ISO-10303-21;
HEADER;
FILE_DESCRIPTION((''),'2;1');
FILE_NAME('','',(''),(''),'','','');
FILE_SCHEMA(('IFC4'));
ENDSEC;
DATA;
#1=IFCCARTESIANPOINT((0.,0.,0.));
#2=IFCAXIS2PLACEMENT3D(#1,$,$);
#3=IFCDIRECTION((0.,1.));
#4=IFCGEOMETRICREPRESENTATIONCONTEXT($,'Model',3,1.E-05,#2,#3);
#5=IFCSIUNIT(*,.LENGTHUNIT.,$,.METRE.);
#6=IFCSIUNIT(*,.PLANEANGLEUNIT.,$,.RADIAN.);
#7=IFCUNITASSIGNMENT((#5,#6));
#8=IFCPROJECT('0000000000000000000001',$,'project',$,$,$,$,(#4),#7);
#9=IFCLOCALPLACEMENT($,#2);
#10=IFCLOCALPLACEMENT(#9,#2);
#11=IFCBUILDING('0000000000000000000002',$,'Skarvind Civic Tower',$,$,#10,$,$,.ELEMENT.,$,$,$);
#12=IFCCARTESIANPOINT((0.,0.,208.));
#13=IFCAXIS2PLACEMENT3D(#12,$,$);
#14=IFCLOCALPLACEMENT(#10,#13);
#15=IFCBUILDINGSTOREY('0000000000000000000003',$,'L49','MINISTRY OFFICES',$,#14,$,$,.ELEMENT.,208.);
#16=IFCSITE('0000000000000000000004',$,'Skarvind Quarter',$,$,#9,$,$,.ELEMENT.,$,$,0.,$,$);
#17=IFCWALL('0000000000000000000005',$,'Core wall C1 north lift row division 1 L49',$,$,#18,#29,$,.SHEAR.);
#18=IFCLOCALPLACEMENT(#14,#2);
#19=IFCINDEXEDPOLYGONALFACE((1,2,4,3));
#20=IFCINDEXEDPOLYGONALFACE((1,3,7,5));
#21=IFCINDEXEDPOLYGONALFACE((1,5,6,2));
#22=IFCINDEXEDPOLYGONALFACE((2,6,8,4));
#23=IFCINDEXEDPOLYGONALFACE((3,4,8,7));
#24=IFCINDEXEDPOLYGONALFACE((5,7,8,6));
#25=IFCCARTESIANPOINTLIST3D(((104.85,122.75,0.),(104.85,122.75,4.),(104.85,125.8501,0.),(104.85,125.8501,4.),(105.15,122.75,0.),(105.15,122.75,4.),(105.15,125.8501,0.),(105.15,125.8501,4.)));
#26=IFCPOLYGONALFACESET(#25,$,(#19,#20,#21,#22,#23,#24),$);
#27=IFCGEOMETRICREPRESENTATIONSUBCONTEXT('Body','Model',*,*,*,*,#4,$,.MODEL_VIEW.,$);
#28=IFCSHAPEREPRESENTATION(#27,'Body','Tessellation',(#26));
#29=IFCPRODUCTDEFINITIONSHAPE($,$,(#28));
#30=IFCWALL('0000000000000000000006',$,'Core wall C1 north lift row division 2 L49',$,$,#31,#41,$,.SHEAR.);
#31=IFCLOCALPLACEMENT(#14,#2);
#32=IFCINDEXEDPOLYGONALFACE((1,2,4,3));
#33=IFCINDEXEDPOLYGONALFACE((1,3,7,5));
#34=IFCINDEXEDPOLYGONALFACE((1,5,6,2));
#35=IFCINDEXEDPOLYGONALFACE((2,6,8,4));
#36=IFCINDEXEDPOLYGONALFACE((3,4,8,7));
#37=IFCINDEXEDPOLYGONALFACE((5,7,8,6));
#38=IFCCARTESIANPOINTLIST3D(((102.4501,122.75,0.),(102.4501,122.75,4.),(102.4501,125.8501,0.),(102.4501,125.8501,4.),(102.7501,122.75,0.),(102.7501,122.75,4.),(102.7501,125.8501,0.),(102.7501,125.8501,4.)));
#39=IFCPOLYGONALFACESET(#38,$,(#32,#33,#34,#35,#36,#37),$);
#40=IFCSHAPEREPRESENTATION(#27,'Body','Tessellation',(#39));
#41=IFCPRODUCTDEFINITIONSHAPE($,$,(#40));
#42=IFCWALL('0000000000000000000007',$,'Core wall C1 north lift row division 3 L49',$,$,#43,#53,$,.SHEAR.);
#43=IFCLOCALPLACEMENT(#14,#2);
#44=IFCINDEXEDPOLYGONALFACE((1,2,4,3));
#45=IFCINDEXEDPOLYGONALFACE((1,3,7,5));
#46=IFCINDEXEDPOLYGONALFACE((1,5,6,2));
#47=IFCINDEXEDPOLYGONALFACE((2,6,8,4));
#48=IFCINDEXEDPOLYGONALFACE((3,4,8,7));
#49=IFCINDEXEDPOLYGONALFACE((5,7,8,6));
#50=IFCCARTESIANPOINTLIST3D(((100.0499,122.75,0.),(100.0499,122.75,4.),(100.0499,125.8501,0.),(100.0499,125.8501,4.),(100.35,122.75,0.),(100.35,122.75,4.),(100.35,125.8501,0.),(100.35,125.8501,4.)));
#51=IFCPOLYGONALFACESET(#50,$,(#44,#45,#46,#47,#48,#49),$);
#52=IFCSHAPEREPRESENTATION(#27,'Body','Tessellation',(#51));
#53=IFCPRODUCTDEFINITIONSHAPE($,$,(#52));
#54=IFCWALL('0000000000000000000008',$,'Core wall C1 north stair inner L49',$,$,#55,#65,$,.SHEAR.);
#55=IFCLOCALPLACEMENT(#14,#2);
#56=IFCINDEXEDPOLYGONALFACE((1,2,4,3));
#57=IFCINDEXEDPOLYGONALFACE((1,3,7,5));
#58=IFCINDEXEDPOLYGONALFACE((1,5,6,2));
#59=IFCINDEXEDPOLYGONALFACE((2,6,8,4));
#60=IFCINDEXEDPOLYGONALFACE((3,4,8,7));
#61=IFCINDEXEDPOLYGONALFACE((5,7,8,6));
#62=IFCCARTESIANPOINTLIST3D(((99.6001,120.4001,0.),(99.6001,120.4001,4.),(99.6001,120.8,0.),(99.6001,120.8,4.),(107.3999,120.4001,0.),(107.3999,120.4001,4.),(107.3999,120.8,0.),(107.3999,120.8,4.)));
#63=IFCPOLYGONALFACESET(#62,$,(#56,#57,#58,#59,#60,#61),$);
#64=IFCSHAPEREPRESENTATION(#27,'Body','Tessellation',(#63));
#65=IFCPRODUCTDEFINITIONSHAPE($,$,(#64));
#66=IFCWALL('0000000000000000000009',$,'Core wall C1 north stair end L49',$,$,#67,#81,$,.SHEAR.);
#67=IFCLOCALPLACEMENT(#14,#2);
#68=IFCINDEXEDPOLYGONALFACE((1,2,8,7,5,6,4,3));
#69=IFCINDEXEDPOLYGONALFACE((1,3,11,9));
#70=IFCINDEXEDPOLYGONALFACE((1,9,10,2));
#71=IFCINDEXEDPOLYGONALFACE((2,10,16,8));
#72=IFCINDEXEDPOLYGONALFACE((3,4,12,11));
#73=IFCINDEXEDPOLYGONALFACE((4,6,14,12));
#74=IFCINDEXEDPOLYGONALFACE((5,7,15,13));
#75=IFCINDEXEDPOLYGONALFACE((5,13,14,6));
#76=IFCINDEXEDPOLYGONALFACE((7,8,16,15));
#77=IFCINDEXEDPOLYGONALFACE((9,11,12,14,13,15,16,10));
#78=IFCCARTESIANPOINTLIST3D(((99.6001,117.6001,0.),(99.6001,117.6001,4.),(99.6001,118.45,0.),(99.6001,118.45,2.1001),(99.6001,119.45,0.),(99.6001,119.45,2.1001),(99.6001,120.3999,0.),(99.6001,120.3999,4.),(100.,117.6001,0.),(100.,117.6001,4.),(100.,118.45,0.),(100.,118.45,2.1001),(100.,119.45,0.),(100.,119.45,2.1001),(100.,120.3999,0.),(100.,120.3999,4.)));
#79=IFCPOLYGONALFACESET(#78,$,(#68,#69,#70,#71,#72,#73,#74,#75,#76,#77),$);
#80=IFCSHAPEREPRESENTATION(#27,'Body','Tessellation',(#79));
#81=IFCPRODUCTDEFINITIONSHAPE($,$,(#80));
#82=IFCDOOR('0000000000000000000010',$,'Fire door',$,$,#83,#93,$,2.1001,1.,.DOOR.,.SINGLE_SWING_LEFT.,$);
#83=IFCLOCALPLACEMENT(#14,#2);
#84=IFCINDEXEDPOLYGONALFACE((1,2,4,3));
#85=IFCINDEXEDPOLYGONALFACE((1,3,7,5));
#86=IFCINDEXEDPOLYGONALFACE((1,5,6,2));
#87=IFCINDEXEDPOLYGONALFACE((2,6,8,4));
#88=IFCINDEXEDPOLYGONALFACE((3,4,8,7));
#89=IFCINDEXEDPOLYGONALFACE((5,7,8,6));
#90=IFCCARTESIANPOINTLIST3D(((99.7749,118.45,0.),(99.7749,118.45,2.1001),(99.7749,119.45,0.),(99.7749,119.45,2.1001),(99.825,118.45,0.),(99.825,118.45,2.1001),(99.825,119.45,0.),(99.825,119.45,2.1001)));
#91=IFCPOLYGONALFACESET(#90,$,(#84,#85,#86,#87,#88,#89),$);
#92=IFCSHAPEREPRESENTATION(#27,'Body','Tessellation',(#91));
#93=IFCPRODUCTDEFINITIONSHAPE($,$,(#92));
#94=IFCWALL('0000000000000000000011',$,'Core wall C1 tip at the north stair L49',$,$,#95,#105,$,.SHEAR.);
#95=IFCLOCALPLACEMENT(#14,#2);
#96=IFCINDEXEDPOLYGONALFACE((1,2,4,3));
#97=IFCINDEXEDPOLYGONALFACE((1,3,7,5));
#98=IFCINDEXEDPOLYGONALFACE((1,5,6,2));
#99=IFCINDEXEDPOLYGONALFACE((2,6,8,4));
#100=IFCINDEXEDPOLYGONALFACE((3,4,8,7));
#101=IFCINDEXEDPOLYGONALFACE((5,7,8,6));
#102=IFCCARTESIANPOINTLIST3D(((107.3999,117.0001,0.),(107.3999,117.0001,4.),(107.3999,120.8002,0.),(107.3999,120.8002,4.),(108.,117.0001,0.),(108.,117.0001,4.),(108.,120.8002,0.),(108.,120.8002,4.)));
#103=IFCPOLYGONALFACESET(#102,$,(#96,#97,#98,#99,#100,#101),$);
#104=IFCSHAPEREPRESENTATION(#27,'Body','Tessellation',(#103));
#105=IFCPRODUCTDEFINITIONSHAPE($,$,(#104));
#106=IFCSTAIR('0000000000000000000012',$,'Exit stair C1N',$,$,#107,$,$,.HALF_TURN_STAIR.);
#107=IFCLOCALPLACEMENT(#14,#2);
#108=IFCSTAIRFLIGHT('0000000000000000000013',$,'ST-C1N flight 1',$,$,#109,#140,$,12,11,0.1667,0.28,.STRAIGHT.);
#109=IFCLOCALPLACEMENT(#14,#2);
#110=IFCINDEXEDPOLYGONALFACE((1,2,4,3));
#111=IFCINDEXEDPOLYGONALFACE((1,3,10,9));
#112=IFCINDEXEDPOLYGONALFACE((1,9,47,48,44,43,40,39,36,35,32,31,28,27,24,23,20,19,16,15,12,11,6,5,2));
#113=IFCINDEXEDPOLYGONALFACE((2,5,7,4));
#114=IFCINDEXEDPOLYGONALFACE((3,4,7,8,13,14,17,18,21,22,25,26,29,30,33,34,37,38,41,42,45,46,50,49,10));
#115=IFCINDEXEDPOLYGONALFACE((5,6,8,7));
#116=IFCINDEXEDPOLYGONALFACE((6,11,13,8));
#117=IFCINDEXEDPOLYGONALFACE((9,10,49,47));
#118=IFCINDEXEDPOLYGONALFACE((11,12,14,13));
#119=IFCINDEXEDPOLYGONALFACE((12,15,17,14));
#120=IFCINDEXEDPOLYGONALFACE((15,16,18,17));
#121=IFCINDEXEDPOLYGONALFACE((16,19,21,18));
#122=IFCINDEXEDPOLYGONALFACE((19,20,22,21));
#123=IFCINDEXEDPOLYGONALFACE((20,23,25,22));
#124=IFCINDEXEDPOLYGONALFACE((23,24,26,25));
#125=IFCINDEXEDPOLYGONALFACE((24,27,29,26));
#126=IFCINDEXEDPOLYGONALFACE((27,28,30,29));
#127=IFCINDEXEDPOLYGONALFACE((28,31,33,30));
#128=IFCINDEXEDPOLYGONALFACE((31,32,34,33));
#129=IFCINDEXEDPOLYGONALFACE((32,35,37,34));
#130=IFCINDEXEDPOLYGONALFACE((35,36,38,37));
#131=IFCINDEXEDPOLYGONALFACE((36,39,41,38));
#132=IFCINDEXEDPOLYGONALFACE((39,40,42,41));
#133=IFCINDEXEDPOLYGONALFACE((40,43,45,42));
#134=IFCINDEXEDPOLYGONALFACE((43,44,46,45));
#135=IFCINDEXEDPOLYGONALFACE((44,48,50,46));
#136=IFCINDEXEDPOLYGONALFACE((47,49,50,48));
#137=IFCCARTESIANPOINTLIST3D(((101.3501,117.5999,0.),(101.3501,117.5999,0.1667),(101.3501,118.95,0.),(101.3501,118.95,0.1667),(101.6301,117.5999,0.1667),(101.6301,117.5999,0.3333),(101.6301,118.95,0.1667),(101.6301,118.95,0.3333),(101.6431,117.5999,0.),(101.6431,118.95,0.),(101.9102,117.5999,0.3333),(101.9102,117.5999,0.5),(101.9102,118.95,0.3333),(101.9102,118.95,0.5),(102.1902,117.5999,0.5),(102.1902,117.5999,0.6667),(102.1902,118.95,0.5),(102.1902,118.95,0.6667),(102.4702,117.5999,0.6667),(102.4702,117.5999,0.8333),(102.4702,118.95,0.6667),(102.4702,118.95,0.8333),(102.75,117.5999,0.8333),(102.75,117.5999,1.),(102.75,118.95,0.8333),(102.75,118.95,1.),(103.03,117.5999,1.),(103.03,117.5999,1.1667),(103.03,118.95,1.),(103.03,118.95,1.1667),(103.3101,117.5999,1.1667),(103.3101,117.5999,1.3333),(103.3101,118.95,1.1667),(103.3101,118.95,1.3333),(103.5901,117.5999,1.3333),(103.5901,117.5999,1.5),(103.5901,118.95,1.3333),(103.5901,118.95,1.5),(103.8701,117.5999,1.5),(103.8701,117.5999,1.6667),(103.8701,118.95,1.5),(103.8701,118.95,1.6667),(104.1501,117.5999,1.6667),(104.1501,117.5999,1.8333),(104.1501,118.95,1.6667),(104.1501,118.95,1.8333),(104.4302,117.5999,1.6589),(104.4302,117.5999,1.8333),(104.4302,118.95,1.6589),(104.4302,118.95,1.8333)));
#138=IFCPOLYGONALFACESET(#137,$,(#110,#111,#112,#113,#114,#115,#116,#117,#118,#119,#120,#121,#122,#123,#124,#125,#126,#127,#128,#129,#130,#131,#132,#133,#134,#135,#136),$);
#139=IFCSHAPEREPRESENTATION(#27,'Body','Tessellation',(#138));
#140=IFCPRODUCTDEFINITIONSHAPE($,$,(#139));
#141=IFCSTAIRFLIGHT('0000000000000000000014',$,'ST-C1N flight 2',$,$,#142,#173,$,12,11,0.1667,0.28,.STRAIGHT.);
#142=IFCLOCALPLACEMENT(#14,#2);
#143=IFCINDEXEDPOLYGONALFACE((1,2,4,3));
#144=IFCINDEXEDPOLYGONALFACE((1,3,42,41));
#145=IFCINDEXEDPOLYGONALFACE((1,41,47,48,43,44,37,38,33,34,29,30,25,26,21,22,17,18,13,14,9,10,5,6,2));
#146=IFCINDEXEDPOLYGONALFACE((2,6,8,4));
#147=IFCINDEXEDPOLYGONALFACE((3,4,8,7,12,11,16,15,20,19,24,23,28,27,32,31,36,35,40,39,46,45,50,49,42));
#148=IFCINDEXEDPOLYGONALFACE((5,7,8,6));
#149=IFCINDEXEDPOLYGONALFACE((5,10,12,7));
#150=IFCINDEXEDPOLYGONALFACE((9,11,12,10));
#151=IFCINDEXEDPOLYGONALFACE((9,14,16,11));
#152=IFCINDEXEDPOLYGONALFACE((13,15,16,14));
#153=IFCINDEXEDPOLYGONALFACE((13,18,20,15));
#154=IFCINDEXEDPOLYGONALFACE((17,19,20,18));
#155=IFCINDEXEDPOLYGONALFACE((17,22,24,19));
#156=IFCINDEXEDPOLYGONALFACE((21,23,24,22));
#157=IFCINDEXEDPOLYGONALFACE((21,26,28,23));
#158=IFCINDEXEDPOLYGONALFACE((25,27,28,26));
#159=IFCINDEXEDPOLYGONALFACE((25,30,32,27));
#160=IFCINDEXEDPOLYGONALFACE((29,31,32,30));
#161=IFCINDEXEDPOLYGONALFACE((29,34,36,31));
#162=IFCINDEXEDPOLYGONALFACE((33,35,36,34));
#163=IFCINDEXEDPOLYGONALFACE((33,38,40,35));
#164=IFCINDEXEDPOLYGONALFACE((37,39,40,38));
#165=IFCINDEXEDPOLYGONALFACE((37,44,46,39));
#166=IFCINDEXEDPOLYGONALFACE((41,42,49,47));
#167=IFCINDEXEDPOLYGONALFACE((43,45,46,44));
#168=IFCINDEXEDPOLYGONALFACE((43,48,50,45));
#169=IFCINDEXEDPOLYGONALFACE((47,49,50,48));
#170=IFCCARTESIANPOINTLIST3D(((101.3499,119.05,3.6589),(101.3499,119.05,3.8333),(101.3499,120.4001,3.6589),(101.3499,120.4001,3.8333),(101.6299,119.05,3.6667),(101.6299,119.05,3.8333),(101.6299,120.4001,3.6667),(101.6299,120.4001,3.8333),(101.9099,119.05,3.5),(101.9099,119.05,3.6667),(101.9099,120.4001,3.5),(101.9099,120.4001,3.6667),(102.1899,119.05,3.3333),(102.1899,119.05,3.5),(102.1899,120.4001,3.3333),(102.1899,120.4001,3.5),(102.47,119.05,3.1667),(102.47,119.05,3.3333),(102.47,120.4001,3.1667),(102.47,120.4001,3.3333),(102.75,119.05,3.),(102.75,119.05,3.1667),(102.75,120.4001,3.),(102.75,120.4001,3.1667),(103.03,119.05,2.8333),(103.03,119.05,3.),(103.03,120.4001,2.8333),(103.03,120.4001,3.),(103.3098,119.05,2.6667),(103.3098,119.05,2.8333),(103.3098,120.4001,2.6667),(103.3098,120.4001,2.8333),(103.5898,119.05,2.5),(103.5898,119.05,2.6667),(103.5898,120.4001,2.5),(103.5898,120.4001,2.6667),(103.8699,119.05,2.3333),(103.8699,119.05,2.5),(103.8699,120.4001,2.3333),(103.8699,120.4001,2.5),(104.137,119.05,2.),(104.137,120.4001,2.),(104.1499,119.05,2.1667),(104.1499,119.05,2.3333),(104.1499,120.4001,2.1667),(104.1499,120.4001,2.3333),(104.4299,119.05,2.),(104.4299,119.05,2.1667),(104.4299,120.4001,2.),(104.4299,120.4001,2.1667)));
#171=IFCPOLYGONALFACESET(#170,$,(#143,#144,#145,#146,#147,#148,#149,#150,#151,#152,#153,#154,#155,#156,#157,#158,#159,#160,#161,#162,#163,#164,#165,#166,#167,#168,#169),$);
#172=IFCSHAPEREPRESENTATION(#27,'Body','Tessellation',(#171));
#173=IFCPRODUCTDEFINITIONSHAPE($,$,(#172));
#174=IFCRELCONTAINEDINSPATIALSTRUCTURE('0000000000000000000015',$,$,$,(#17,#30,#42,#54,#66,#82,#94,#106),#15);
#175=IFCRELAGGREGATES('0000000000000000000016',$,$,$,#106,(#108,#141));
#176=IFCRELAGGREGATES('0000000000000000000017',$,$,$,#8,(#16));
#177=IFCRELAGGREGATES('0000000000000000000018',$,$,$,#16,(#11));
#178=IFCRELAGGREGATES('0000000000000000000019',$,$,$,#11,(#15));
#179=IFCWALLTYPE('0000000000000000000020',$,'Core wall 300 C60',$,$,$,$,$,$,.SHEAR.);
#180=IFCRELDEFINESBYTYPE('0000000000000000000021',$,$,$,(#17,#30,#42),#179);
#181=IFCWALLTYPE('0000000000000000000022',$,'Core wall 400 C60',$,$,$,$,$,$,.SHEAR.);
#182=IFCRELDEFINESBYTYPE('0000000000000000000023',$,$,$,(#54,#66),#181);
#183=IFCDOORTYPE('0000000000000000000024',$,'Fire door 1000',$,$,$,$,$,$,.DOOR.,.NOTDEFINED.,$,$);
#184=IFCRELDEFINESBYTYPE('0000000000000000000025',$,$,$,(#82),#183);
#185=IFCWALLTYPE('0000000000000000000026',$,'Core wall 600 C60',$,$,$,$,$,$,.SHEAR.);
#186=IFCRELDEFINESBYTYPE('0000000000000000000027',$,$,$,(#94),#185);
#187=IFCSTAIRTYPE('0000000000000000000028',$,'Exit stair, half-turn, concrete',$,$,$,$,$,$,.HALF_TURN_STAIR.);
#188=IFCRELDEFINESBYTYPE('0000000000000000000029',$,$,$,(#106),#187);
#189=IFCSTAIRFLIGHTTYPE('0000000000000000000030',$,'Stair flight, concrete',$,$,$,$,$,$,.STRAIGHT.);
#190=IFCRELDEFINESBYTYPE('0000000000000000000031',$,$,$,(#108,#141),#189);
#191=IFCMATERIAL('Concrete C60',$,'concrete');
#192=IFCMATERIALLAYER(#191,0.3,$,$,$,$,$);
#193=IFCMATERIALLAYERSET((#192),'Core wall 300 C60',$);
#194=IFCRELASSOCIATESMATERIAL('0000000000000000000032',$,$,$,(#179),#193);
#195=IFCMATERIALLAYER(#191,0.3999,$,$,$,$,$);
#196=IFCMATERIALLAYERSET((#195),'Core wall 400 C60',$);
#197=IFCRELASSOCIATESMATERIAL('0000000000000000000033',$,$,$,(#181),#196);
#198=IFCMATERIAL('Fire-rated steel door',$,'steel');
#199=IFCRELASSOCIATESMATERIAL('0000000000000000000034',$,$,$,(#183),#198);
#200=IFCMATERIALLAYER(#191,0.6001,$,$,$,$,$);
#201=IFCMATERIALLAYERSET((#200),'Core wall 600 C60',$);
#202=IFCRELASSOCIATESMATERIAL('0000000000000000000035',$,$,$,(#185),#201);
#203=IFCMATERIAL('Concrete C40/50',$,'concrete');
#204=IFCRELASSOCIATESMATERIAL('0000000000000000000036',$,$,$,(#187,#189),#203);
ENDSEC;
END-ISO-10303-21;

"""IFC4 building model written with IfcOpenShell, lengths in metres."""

from ifc_helpers import new_model, si_unit, direction, frame, frame_2d, origin, place, context, subcontext, project, spatial, polyline, rectangle, outline, extrude, material, layer, layer_set, type_object, element, fill, aggregate, save


model = new_model("IFC4")

# Units and contexts
model_context = context("Model", 3, precision=1e-05, world=origin(), true_north=direction((0.0, 1.0)))
body_context = subcontext(model_context, "Body", "Model", "MODEL_VIEW")
ifc_project = project(units=[si_unit("LENGTHUNIT", "METRE"), si_unit("PLANEANGLEUNIT", "RADIAN")], contexts=[model_context])

# Site, building, storey
site_placement = place(None, origin())
site = spatial("IfcSite", under=ifc_project, at=site_placement, Name="Skarvind Quarter", CompositionType="ELEMENT", RefElevation=0.0)
building_placement = place(site_placement, origin())
building = spatial("IfcBuilding", under=site, at=building_placement, Name="Skarvind Civic Tower", CompositionType="ELEMENT")
storey_placement = place(building_placement, frame((0.0, 0.0, 208.0)))
storey = spatial("IfcBuildingStorey", under=building, at=storey_placement, Name="L49", Description="MINISTRY OFFICES", CompositionType="ELEMENT", Elevation=208.0)

# Shared definitions
ifc_material_1 = material(Name="Concrete C60", Category="concrete")
ifc_layer_1 = layer(ifc_material_1, 0.3)
ifc_layer_set_1 = layer_set([ifc_layer_1], Name="Core wall 300 C60")
wall_type_1 = type_object("IfcWallType", Name="Core wall 300 C60", PredefinedType="SHEAR", material=ifc_layer_set_1)
ifc_material_2 = material(Name="Fire-rated steel door", Category="steel")

# Walls
for number, where, z_axis, x_axis, name in (
    (1, (105.0, 125.8501, 0.0), (0.0, 0.0, 1.0), (0.0, -1.0, 0.0), "Core wall C1 north lift row division 1 L49"),
    (2, (102.6001, 125.8501, 0.0), (0.0, 0.0, 1.0), (0.0, -1.0, 0.0), "Core wall C1 north lift row division 2 L49"),
    (3, (100.2, 125.8501, 0.0), (0.0, 0.0, 1.0), (0.0, -1.0, 0.0), "Core wall C1 north lift row division 3 L49"),
):
    element("IfcWall", number, at=place(storey_placement, frame(where, z_axis=z_axis, x_axis=x_axis)), inside=storey, type_object=wall_type_1, Name=name, PredefinedType="SHEAR", context=body_context, shape_type="SweptSolid", body=[
        extrude(rectangle(XDim=3.1001, YDim=0.3, at=frame_2d((1.55, 0.0))), origin(), (0.0, 0.0, 1.0), 4.0),
    ])
ifc_layer_2 = layer(ifc_material_1, 0.3999)
ifc_layer_set_2 = layer_set([ifc_layer_2], Name="Core wall 400 C60")
wall_type_2 = type_object("IfcWallType", Name="Core wall 400 C60", PredefinedType="SHEAR", material=ifc_layer_set_2)
wall_1_placement = place(storey_placement, frame((107.3999, 120.6001, 0.0), z_axis=(0.0, 0.0, 1.0), x_axis=(-1.0, 0.0, 0.0)))
element("IfcWall", 4, at=wall_1_placement, inside=storey, type_object=wall_type_2, Name="Core wall C1 north stair inner L49", PredefinedType="SHEAR", context=body_context, shape_type="SweptSolid", body=[
    extrude(rectangle(XDim=7.7998, YDim=0.3999, at=frame_2d((3.8999, 0.0))), origin(), (0.0, 0.0, 1.0), 4.0),
])

# Wall, opening, door
wall_2_placement = place(storey_placement, frame((99.8, 120.3999, 0.0), z_axis=(0.0, 0.0, 1.0), x_axis=(0.0, -1.0, 0.0)))
wall_2 = element("IfcWall", 5, at=wall_2_placement, inside=storey, type_object=wall_type_2, Name="Core wall C1 north stair end L49", PredefinedType="SHEAR", context=body_context, shape_type="SweptSolid", body=[
    extrude(rectangle(XDim=2.7998, YDim=0.3999, at=frame_2d((1.3999, 0.0))), origin(), (0.0, 0.0, 1.0), 4.0),
])
opening_1_placement = place(wall_2_placement, frame((0.95, 0.0, 0.0)))
opening_1 = element("IfcOpeningElement", 6, at=opening_1_placement, cuts=wall_2, PredefinedType="OPENING", context=body_context, shape_type="SweptSolid", body=[
    extrude(rectangle(XDim=1.0, YDim=2.1001, at=frame_2d((0.5, 1.05))), frame((0.0, 0.21, 0.0), z_axis=(0.0, -1.0, 0.0), x_axis=(1.0, 0.0, 0.0)), (0.0, 0.0, 1.0), 0.4199),
])
door_type_1 = type_object("IfcDoorType", Name="Fire door 1000", OperationType="NOTDEFINED", PredefinedType="DOOR", material=ifc_material_2)
door_1_placement = place(opening_1_placement, origin())
door_1 = element("IfcDoor", 7, at=door_1_placement, inside=storey, type_object=door_type_1, Name="Fire door", OperationType="SINGLE_SWING_LEFT", OverallHeight=2.1001, OverallWidth=1.0, PredefinedType="DOOR", context=body_context, shape_type="SweptSolid", body=[
    extrude(rectangle(XDim=1.0, YDim=2.1001, at=frame_2d((0.5, 1.05))), frame((0.0, 0.0249, 0.0), z_axis=(0.0, -1.0, 0.0), x_axis=(1.0, 0.0, 0.0)), (0.0, 0.0, 1.0), 0.05),
])
fill(opening_1, door_1)

# Wall
ifc_layer_3 = layer(ifc_material_1, 0.6001)
ifc_layer_set_3 = layer_set([ifc_layer_3], Name="Core wall 600 C60")
wall_type_3 = type_object("IfcWallType", Name="Core wall 600 C60", PredefinedType="SHEAR", material=ifc_layer_set_3)
wall_3_placement = place(storey_placement, frame((107.7, 120.8, 0.0), z_axis=(0.0, 0.0, 1.0), x_axis=(0.0, -1.0, 0.0)))
element("IfcWall", 8, at=wall_3_placement, inside=storey, type_object=wall_type_3, Name="Core wall C1 tip at the north stair L49", PredefinedType="SHEAR", context=body_context, shape_type="SweptSolid", body=[
    extrude(rectangle(XDim=3.8, YDim=0.6001, at=frame_2d((1.8999, 0.0))), origin(), (0.0, 0.0, 1.0), 4.0),
])

# Stair, stair flights
ifc_material_3 = material(Name="Concrete C40/50", Category="concrete")
stair_type = type_object("IfcStairType", Name="Exit stair, half-turn, concrete", PredefinedType="HALF_TURN_STAIR", material=ifc_material_3)
stair_placement = place(storey_placement, origin())
stair = element("IfcStair", 9, at=stair_placement, inside=storey, type_object=stair_type, Name="Exit stair C1N", PredefinedType="HALF_TURN_STAIR")
stair_flight_type = type_object("IfcStairFlightType", Name="Stair flight, concrete", PredefinedType="STRAIGHT", material=ifc_material_3)
stair_flight_1_placement = place(storey_placement, frame((101.3501, 118.2749, 0.0), z_axis=(0.0, 0.0, 1.0), x_axis=(1.0, 0.0, 0.0)))
stair_flight_1 = element("IfcStairFlight", 10, at=stair_flight_1_placement, type_object=stair_flight_type, Name="ST-C1N flight 1", NumberOfRisers=12, NumberOfTreads=11, PredefinedType="STRAIGHT", RiserHeight=0.1667, TreadLength=0.28, context=body_context, shape_type="SweptSolid", body=[
    extrude(outline(polyline([(0.0, 0.0), (0.0, 0.1667), (0.28, 0.1667), (0.28, 0.3333), (0.5601, 0.3333), (0.5601, 0.5), (0.8401, 0.5), (0.8401, 0.6667), (1.1201, 0.6667), (1.1201, 0.8333), (1.3999, 0.8333), (1.3999, 1.0), (1.6799, 1.0), (1.6799, 1.1667), (1.96, 1.1667), (1.96, 1.3333), (2.24, 1.3333), (2.24, 1.5), (2.52, 1.5), (2.52, 1.6667), (2.8, 1.6667), (2.8, 1.8333), (3.0801, 1.8333), (3.0801, 2.0), (3.0801, 1.6589), (0.293, 0.0), (0.0, 0.0)])), frame((0.0, 0.675, 0.0), z_axis=(0.0, -1.0, 0.0), x_axis=(1.0, 0.0, 0.0)), (0.0, 0.0, 1.0), 1.3501),
])
stair_flight_2_placement = place(storey_placement, frame((104.4299, 119.7251, 2.0), z_axis=(0.0, 0.0, 1.0), x_axis=(-1.0, 0.0, 0.0)))
stair_flight_2 = element("IfcStairFlight", 11, at=stair_flight_2_placement, type_object=stair_flight_type, Name="ST-C1N flight 2", NumberOfRisers=12, NumberOfTreads=11, PredefinedType="STRAIGHT", RiserHeight=0.1667, TreadLength=0.28, context=body_context, shape_type="SweptSolid", body=[
    extrude(outline(polyline([(0.0, 0.0), (0.0, 0.1667), (0.28, 0.1667), (0.28, 0.3333), (0.5601, 0.3333), (0.5601, 0.5), (0.8401, 0.5), (0.8401, 0.6667), (1.1201, 0.6667), (1.1201, 0.8333), (1.3999, 0.8333), (1.3999, 1.0), (1.6799, 1.0), (1.6799, 1.1667), (1.96, 1.1667), (1.96, 1.3333), (2.24, 1.3333), (2.24, 1.5), (2.52, 1.5), (2.52, 1.6667), (2.8, 1.6667), (2.8, 1.8333), (3.0801, 1.8333), (3.0801, 2.0), (3.0801, 1.6589), (0.293, 0.0), (0.0, 0.0)])), frame((0.0, 0.675, 0.0), z_axis=(0.0, -1.0, 0.0), x_axis=(1.0, 0.0, 0.0)), (0.0, 0.0, 1.0), 1.3501),
])
aggregate(stair, [stair_flight_1, stair_flight_2])

save(model, "model.ifc")
